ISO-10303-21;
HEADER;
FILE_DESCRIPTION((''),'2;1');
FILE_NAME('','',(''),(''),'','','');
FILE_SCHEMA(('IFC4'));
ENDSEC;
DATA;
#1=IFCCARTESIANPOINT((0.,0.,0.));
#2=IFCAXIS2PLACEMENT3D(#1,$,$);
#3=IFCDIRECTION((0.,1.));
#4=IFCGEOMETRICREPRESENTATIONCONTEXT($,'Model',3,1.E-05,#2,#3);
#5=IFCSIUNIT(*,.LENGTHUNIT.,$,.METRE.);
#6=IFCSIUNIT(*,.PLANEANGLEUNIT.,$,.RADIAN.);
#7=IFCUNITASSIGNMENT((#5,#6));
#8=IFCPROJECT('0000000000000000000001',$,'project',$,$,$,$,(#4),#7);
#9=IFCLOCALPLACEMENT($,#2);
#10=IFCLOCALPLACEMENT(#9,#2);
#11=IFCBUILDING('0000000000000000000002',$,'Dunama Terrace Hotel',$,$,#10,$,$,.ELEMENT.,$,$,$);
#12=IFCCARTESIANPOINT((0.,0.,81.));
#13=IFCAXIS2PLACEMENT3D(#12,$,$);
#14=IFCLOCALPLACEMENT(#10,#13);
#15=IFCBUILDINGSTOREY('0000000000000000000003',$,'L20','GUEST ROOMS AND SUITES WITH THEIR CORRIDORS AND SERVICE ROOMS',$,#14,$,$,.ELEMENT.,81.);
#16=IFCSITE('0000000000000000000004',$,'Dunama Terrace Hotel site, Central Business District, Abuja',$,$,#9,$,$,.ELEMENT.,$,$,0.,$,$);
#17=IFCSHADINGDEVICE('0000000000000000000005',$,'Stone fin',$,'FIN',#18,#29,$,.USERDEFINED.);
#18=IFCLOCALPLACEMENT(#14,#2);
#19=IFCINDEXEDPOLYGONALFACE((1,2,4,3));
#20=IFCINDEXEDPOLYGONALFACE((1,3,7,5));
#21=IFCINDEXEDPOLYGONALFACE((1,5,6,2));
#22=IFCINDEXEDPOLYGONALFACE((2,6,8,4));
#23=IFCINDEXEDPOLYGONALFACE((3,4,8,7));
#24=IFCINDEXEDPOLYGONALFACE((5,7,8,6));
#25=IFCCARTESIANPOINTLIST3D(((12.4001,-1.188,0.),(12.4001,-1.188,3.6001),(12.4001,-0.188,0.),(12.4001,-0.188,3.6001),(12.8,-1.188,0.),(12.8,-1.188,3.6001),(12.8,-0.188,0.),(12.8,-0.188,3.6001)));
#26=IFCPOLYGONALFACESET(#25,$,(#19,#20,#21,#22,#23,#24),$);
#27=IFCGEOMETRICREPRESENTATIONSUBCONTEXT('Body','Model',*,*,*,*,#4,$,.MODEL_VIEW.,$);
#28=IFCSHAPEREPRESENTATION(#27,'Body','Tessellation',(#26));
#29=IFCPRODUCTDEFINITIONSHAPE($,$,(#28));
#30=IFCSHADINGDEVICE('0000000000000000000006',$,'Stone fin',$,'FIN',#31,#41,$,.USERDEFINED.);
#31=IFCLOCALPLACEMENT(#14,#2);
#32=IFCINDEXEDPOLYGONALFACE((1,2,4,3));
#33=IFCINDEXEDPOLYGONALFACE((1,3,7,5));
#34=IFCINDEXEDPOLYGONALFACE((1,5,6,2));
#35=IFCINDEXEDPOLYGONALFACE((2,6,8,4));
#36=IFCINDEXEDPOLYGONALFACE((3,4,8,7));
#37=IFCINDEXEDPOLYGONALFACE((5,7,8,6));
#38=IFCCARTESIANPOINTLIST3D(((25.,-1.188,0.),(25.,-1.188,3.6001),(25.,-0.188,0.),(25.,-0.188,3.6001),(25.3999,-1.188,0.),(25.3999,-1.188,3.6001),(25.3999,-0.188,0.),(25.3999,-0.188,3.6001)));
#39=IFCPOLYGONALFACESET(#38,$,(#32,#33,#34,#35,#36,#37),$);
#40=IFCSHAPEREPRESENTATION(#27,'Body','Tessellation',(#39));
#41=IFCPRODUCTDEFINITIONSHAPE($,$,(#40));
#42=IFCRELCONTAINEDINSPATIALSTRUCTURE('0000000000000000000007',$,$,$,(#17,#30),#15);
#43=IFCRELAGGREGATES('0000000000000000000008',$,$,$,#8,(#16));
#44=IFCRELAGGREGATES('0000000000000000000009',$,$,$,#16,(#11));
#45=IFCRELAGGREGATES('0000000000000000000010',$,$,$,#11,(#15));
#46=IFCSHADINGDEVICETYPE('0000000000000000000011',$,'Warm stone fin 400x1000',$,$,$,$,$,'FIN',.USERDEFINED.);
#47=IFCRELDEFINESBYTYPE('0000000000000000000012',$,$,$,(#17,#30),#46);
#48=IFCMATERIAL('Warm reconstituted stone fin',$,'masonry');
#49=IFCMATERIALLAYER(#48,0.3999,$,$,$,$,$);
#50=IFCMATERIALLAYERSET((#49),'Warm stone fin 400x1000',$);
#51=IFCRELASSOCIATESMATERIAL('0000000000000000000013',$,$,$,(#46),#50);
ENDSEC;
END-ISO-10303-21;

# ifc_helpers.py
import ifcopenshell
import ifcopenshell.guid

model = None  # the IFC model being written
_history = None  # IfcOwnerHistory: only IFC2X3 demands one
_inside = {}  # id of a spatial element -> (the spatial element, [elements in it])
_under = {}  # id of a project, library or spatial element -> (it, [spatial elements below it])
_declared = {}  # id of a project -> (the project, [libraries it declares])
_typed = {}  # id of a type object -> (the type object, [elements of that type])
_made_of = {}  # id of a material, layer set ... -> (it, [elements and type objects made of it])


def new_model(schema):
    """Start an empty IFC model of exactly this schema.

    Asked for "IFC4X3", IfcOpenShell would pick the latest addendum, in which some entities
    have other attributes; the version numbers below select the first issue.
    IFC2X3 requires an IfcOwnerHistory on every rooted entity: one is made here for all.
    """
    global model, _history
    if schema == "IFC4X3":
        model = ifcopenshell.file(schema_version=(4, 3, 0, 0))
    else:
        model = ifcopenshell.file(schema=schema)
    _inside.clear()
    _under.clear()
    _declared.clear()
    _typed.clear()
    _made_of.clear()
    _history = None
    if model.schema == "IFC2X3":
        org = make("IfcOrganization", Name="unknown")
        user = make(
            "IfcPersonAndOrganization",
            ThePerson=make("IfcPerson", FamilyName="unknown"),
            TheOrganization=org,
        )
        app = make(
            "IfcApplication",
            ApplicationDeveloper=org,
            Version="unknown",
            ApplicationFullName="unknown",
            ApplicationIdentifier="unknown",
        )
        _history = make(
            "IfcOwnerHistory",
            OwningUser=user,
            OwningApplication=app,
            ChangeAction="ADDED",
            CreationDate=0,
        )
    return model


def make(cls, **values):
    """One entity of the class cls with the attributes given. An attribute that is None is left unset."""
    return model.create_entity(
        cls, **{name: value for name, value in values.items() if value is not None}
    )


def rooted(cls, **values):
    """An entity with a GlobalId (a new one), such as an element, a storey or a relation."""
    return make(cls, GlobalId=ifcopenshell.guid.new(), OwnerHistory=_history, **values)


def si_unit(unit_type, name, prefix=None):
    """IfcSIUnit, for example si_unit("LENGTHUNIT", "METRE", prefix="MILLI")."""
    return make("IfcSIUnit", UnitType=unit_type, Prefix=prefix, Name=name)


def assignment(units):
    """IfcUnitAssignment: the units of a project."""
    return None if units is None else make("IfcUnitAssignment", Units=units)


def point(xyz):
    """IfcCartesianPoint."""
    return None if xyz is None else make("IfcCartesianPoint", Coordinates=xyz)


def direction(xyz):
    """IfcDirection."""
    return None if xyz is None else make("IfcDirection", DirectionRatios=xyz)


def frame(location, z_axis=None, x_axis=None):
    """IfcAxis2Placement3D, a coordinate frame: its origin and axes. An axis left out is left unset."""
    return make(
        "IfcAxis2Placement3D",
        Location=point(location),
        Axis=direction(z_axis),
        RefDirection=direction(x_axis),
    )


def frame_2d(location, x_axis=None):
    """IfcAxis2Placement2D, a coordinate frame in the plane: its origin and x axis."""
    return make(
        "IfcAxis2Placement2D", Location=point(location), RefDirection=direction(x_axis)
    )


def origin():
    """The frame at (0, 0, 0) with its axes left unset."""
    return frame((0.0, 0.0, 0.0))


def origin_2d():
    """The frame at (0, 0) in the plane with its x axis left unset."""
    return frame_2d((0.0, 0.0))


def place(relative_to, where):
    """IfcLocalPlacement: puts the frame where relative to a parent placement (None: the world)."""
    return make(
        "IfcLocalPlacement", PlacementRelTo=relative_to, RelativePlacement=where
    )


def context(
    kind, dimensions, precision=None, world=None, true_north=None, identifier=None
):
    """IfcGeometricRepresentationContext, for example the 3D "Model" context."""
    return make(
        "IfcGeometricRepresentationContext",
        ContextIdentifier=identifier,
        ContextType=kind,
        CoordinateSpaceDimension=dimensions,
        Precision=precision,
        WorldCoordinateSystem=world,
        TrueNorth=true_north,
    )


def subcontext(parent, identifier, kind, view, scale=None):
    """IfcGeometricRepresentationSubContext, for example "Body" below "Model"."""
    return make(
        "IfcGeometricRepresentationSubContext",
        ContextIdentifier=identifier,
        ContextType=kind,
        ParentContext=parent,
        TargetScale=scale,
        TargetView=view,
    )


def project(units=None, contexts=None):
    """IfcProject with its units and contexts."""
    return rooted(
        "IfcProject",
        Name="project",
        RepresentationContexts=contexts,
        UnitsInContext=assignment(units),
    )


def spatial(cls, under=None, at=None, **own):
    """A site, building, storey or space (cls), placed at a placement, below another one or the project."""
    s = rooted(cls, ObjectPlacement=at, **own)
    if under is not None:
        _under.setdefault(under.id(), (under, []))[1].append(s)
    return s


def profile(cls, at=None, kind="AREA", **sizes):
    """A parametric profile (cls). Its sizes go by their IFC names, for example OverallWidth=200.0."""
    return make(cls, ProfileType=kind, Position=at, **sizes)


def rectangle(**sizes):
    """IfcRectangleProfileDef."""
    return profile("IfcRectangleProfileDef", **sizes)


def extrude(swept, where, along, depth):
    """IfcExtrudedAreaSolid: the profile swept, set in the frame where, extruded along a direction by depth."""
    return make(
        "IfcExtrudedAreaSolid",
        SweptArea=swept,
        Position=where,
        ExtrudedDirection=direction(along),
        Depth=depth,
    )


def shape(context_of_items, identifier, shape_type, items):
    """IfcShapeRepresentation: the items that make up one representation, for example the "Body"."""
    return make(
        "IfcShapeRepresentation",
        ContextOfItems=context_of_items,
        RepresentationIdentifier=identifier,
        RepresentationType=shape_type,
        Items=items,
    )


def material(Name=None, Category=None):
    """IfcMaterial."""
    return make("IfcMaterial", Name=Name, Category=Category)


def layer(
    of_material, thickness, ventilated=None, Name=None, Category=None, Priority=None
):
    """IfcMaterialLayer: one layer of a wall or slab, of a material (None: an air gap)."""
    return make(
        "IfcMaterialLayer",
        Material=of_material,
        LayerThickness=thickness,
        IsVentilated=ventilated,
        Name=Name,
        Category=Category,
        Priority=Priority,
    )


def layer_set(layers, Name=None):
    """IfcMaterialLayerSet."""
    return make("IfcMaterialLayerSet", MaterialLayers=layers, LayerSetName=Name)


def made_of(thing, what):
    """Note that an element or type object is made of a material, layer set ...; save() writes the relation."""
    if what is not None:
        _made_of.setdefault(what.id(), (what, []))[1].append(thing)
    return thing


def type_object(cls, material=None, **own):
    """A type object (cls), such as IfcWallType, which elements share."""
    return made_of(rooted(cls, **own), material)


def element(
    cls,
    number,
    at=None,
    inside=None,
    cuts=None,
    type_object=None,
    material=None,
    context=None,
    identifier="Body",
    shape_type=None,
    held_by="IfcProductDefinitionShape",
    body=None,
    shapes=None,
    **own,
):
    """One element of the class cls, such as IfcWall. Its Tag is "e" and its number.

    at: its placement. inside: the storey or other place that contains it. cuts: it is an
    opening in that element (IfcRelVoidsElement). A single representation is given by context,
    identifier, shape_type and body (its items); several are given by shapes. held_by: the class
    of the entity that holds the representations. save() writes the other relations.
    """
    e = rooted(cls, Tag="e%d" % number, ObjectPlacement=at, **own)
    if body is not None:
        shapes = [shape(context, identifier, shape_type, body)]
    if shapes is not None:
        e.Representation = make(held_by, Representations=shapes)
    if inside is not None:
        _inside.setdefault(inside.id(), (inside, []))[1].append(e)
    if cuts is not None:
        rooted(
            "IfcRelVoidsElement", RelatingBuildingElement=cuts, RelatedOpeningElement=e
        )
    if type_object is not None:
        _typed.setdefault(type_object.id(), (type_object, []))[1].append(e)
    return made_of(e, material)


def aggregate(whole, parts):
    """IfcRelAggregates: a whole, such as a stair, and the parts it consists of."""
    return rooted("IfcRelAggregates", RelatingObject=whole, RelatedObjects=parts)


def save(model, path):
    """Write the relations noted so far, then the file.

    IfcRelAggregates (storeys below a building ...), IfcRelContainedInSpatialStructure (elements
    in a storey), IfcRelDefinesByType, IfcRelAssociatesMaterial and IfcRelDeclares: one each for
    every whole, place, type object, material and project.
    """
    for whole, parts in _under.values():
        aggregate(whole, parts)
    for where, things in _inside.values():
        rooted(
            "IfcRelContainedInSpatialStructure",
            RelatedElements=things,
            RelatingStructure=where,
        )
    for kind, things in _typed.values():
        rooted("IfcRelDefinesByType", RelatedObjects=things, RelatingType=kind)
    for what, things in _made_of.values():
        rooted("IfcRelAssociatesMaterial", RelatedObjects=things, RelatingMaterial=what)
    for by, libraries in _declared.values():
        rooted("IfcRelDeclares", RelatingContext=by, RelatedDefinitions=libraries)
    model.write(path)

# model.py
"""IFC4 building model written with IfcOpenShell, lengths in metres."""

from ifc_helpers import new_model, si_unit, direction, frame, origin, origin_2d, place, context, subcontext, project, spatial, rectangle, extrude, material, layer, layer_set, type_object, element, save


model = new_model("IFC4")

# Units and contexts
model_context = context("Model", 3, precision=1e-05, world=origin(), true_north=direction((0.0, 1.0)))
body_context = subcontext(model_context, "Body", "Model", "MODEL_VIEW")
ifc_project = project(units=[si_unit("LENGTHUNIT", "METRE"), si_unit("PLANEANGLEUNIT", "RADIAN")], contexts=[model_context])

# Site, building, storey
site_placement = place(None, origin())
site = spatial("IfcSite", under=ifc_project, at=site_placement, Name="Dunama Terrace Hotel site, Central Business District, Abuja", CompositionType="ELEMENT", RefElevation=0.0)
building_placement = place(site_placement, origin())
building = spatial("IfcBuilding", under=site, at=building_placement, Name="Dunama Terrace Hotel", CompositionType="ELEMENT")
storey_placement = place(building_placement, frame((0.0, 0.0, 81.0)))
storey = spatial("IfcBuildingStorey", under=building, at=storey_placement, Name="L20", Description="GUEST ROOMS AND SUITES WITH THEIR CORRIDORS AND SERVICE ROOMS", CompositionType="ELEMENT", Elevation=81.0)

# Shading devices
ifc_material_1 = material(Name="Warm reconstituted stone fin", Category="masonry")
ifc_layer_1 = layer(ifc_material_1, 0.3999)
ifc_layer_set_1 = layer_set([ifc_layer_1], Name="Warm stone fin 400x1000")
shading_device_type = type_object("IfcShadingDeviceType", Name="Warm stone fin 400x1000", ElementType="FIN", PredefinedType="USERDEFINED", material=ifc_layer_set_1)
for number, where, z_axis, x_axis, name in (
    (1, (12.6001, -0.688, 0.0), (0.0, 0.0, 1.0), (1.0, 0.0, 0.0), "Stone fin"),
    (2, (25.2, -0.688, 0.0), (0.0, 0.0, 1.0), (1.0, 0.0, 0.0), "Stone fin"),
):
    element("IfcShadingDevice", number, at=place(storey_placement, frame(where, z_axis=z_axis, x_axis=x_axis)), inside=storey, type_object=shading_device_type, Name=name, ObjectType="FIN", PredefinedType="USERDEFINED", context=body_context, shape_type="SweptSolid", body=[
        extrude(rectangle(XDim=0.3999, YDim=1.0, at=origin_2d()), origin(), (0.0, 0.0, 1.0), 3.6001),
    ])

save(model, "model.ifc")
